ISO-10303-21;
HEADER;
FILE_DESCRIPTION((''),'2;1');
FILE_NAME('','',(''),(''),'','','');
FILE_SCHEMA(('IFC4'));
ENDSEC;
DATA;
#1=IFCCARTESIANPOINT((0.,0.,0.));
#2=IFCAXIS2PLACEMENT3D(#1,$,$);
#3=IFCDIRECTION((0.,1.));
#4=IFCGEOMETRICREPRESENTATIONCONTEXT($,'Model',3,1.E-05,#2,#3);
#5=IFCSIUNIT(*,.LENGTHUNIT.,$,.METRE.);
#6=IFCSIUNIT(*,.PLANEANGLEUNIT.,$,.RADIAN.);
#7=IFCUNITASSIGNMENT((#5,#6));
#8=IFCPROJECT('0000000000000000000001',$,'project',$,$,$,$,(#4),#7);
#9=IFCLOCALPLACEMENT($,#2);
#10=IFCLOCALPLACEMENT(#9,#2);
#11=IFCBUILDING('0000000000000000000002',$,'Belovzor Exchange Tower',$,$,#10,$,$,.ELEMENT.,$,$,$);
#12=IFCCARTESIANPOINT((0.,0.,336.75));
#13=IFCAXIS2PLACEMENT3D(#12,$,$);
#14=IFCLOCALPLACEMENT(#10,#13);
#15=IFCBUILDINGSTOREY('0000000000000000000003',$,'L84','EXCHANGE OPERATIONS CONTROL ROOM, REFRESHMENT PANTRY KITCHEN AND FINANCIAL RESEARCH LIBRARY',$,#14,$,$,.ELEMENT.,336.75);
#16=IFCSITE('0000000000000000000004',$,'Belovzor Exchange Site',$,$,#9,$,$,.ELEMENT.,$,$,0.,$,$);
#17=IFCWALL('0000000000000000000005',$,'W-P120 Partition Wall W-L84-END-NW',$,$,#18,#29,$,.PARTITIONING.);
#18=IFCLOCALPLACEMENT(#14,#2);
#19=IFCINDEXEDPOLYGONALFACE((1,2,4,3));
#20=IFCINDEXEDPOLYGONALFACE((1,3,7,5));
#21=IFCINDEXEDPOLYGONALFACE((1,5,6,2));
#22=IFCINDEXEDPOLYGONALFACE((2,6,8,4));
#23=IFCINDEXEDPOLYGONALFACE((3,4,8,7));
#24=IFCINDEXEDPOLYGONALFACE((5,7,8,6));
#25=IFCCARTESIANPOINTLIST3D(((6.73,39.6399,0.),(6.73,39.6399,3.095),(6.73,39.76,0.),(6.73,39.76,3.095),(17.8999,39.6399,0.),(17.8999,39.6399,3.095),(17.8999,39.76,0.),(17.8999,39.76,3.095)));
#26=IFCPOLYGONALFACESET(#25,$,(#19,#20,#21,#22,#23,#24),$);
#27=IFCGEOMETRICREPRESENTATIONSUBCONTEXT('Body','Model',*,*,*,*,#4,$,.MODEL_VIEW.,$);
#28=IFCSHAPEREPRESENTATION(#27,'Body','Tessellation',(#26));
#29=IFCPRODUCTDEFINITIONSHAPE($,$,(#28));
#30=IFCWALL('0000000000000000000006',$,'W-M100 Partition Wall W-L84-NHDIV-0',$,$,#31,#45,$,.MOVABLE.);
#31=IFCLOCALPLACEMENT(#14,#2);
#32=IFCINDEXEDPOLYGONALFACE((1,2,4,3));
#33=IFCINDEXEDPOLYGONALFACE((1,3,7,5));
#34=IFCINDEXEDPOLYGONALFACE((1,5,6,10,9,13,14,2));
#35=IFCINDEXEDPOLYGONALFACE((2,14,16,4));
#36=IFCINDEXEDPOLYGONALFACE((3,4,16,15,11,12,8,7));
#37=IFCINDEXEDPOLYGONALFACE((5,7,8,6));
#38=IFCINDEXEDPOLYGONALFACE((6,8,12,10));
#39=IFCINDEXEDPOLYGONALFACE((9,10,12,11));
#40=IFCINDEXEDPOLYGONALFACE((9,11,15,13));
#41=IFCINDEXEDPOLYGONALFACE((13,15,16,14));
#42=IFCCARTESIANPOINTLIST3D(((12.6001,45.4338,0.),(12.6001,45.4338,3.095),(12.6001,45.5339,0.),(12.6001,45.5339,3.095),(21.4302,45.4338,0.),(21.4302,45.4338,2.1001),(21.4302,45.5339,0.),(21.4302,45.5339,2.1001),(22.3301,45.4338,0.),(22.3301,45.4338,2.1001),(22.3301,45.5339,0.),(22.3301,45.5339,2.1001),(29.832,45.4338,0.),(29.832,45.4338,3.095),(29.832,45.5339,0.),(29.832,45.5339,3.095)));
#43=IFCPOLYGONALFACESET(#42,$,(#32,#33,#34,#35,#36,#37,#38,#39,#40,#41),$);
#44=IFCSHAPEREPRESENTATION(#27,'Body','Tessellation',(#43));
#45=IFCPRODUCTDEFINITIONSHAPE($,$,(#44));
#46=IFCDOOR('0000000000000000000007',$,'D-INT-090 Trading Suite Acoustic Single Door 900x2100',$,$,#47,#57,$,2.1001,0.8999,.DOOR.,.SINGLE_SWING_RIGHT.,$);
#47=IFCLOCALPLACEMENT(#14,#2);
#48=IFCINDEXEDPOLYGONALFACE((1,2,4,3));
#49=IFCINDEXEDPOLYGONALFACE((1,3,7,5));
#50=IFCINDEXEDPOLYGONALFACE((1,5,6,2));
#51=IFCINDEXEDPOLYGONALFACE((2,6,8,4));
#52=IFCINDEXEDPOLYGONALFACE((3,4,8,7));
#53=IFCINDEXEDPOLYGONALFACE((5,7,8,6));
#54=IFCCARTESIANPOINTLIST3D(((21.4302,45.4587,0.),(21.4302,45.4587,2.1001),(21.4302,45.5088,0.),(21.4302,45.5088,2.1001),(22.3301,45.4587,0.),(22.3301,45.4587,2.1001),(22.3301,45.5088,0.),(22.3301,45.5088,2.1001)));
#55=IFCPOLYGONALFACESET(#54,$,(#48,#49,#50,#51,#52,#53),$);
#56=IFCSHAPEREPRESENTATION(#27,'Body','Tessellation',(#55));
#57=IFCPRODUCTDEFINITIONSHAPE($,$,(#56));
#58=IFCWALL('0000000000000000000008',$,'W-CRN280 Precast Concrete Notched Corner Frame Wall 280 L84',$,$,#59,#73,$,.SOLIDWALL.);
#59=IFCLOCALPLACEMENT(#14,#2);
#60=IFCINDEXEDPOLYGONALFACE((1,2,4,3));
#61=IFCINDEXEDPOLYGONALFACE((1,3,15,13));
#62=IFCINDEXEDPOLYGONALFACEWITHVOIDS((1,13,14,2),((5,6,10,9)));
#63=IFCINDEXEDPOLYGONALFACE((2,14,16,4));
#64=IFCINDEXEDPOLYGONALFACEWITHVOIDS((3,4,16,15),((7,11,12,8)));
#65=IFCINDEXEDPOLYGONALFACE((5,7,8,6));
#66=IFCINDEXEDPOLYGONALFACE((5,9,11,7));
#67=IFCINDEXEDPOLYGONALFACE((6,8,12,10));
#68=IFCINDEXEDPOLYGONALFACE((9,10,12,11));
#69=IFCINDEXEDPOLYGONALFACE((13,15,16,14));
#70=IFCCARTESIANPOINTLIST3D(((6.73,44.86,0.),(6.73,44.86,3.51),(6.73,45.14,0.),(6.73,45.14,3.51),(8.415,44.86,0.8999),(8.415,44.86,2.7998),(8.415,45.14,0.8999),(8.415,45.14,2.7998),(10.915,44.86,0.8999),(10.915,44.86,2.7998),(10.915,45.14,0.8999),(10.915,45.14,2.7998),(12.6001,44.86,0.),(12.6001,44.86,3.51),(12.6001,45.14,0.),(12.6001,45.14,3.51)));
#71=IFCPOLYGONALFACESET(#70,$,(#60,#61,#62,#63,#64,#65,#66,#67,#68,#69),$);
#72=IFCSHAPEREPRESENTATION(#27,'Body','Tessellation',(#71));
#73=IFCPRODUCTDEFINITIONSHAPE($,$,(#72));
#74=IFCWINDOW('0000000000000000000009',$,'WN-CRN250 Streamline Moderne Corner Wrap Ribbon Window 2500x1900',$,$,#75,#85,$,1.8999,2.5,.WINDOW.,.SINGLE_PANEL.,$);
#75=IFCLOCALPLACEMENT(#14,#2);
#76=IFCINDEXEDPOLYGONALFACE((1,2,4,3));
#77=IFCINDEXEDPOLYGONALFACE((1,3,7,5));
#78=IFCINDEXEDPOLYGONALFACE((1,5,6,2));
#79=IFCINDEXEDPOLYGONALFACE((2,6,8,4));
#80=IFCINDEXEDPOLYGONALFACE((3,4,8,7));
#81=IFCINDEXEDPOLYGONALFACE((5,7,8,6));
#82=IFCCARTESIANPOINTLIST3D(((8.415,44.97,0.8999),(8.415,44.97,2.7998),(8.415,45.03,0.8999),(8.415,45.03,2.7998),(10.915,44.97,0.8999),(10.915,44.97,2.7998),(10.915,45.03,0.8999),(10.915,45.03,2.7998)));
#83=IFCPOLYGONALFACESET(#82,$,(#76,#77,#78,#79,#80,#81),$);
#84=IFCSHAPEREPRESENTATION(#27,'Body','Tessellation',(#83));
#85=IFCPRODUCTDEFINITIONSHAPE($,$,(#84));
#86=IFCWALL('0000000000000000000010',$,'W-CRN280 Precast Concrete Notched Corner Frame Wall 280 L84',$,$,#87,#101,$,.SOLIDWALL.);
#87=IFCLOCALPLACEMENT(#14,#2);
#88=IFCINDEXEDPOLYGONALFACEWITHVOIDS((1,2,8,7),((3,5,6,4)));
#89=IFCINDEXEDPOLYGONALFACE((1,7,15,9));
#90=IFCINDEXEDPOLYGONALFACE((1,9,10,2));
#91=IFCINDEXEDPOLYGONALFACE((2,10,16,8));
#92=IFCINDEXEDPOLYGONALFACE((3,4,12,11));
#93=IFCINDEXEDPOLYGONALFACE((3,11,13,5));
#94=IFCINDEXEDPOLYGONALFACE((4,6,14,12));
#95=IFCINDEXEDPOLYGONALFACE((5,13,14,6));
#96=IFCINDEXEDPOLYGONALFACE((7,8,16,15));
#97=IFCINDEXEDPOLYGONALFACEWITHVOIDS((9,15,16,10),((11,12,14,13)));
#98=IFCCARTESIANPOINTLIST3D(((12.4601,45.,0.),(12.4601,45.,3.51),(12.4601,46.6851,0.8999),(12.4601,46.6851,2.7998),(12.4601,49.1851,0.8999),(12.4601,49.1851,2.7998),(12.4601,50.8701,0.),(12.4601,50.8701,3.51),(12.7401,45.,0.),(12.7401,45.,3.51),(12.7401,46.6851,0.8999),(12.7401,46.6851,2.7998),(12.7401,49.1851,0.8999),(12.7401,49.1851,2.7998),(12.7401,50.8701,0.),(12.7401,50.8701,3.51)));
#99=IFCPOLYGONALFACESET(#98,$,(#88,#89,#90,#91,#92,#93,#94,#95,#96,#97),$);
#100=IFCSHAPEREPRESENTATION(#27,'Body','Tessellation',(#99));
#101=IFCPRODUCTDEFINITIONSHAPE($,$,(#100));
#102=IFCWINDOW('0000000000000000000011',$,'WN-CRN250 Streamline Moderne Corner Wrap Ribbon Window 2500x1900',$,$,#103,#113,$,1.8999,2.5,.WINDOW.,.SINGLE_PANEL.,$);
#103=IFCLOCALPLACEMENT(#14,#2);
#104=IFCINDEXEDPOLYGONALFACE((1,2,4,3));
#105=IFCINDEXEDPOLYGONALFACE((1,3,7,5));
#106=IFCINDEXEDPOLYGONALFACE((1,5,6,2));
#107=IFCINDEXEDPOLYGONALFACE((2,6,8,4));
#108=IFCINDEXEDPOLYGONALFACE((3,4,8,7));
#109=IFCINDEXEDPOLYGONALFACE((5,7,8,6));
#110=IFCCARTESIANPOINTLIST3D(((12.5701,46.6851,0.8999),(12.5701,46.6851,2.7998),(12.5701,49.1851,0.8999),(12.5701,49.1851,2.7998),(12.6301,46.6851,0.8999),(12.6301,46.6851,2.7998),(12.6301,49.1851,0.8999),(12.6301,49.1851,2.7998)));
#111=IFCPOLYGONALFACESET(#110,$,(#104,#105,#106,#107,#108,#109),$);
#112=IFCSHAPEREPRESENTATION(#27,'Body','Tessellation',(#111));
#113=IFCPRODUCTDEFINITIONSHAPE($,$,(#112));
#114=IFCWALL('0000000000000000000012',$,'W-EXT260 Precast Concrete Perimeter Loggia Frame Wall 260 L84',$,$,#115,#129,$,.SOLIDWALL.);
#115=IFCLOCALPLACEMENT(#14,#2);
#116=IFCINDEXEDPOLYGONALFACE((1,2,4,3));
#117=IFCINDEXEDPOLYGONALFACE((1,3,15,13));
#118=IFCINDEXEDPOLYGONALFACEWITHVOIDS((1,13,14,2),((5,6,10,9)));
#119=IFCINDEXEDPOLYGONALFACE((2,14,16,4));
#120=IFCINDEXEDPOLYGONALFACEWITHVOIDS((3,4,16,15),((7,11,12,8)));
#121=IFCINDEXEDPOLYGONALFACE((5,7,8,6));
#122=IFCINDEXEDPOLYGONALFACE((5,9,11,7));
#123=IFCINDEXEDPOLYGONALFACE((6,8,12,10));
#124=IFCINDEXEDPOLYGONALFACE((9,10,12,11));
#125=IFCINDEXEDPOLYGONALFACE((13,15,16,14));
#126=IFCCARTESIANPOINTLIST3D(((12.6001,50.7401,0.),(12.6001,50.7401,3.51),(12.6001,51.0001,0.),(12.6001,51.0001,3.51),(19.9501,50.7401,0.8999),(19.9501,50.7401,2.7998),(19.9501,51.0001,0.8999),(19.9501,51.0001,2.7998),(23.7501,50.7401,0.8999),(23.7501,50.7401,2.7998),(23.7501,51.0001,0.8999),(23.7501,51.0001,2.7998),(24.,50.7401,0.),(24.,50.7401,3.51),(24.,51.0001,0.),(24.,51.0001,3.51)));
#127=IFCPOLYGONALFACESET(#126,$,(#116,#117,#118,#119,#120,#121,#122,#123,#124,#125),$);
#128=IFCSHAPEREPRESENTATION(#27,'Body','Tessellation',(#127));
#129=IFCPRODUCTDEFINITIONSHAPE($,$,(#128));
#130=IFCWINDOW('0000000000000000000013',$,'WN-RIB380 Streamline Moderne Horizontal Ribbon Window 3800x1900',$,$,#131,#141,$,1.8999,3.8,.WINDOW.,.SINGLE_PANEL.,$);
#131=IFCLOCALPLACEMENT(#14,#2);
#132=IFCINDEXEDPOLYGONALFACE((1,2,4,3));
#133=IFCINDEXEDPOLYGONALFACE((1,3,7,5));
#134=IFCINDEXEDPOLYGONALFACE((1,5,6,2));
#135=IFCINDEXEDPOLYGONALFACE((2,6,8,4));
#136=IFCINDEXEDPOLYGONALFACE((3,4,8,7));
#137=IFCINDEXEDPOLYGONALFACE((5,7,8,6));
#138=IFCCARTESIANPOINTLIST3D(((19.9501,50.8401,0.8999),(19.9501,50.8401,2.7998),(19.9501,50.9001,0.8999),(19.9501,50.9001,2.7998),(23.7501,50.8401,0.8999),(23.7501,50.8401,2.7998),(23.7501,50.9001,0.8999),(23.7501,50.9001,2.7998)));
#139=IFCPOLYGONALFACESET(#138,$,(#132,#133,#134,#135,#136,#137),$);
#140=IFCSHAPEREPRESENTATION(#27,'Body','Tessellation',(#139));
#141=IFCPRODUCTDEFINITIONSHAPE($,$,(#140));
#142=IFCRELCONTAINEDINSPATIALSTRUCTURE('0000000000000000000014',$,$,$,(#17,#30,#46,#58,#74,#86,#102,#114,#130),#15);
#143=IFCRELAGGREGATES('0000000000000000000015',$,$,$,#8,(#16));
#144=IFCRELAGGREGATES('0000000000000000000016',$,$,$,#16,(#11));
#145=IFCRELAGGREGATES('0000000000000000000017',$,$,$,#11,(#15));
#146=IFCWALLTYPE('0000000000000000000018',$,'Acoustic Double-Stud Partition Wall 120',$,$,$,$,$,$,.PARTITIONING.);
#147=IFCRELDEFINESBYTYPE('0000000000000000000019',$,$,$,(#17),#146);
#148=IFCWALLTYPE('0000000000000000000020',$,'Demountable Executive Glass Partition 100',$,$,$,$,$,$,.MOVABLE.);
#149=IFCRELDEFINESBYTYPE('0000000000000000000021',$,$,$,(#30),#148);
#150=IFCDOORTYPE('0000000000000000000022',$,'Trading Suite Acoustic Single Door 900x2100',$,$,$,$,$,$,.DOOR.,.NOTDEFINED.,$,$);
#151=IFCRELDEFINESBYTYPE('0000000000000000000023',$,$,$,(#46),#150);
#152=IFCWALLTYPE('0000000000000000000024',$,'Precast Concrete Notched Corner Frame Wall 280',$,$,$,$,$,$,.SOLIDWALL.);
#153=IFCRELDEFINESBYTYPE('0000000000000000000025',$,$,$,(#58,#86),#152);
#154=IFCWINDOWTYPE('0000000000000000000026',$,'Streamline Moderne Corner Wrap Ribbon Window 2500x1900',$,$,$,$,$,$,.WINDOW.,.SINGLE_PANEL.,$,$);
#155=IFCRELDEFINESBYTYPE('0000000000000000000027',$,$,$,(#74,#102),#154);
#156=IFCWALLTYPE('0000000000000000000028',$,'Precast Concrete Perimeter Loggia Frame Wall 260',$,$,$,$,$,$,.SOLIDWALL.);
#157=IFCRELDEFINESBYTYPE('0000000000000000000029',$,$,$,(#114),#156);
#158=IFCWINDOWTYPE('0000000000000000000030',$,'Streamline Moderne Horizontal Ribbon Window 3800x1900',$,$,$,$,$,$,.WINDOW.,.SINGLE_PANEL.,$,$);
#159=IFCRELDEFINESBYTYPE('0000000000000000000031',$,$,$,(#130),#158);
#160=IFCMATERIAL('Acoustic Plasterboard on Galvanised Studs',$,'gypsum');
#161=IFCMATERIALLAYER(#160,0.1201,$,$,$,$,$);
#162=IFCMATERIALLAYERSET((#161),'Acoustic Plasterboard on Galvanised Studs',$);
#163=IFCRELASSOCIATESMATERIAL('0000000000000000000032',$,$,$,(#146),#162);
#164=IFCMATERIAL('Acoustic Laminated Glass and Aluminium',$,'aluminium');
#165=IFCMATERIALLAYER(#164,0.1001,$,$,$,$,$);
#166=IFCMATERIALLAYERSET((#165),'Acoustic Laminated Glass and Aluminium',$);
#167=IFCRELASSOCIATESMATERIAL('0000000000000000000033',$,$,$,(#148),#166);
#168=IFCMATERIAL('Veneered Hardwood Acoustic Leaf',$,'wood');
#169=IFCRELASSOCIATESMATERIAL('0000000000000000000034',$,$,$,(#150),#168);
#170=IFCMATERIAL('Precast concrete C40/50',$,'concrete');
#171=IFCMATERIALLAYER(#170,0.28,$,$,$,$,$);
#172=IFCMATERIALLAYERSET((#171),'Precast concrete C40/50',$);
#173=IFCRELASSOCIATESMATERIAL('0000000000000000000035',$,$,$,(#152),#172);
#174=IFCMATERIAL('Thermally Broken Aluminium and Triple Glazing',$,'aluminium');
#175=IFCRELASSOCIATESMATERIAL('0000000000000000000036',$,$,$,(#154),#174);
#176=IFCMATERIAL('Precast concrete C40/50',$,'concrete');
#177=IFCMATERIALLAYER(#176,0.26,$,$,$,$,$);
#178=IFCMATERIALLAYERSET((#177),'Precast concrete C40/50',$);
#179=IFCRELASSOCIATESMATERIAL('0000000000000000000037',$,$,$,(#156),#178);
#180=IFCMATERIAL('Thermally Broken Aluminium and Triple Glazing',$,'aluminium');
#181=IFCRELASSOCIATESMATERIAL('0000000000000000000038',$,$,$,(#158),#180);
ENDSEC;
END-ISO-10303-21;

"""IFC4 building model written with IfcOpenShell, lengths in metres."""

from ifc_helpers import new_model, si_unit, direction, frame, frame_2d, origin, place, context, subcontext, project, spatial, rectangle, extrude, material, layer, layer_set, type_object, element, fill, save


model = new_model("IFC4")

# Units and contexts
model_context = context("Model", 3, precision=1e-05, world=origin(), true_north=direction((0.0, 1.0)))
body_context = subcontext(model_context, "Body", "Model", "MODEL_VIEW")
ifc_project = project(units=[si_unit("LENGTHUNIT", "METRE"), si_unit("PLANEANGLEUNIT", "RADIAN")], contexts=[model_context])

# Site, building, storey
site_placement = place(None, origin())
site = spatial("IfcSite", under=ifc_project, at=site_placement, Name="Belovzor Exchange Site", CompositionType="ELEMENT", RefElevation=0.0)
building_placement = place(site_placement, origin())
building = spatial("IfcBuilding", under=site, at=building_placement, Name="Belovzor Exchange Tower", CompositionType="ELEMENT")
storey_placement = place(building_placement, frame((0.0, 0.0, 336.75)))
storey = spatial("IfcBuildingStorey", under=building, at=storey_placement, Name="L84", Description="EXCHANGE OPERATIONS CONTROL ROOM, REFRESHMENT PANTRY KITCHEN AND FINANCIAL RESEARCH LIBRARY", CompositionType="ELEMENT", Elevation=336.75)

# Wall
ifc_material_1 = material(Name="Acoustic Plasterboard on Galvanised Studs", Category="gypsum")
ifc_layer_1 = layer(ifc_material_1, 0.1201)
ifc_layer_set_1 = layer_set([ifc_layer_1], Name="Acoustic Plasterboard on Galvanised Studs")
wall_type_1 = type_object("IfcWallType", Name="Acoustic Double-Stud Partition Wall 120", PredefinedType="PARTITIONING", material=ifc_layer_set_1)
wall_1_placement = place(storey_placement, frame((6.73, 39.7, 0.0), z_axis=(0.0, 0.0, 1.0), x_axis=(1.0, 0.0, 0.0)))
element("IfcWall", 1, at=wall_1_placement, inside=storey, type_object=wall_type_1, Name="W-P120 Partition Wall W-L84-END-NW", PredefinedType="PARTITIONING", context=body_context, shape_type="SweptSolid", body=[
    extrude(rectangle(XDim=11.1699, YDim=0.1201, at=frame_2d((5.585, 0.0))), origin(), (0.0, 0.0, 1.0), 3.095),
])

# Wall, opening, door
ifc_material_2 = material(Name="Acoustic Laminated Glass and Aluminium", Category="aluminium")
ifc_layer_2 = layer(ifc_material_2, 0.1001)
ifc_layer_set_2 = layer_set([ifc_layer_2], Name="Acoustic Laminated Glass and Aluminium")
wall_type_2 = type_object("IfcWallType", Name="Demountable Executive Glass Partition 100", PredefinedType="MOVABLE", material=ifc_layer_set_2)
wall_2_placement = place(storey_placement, frame((12.6001, 45.4839, 0.0), z_axis=(0.0, 0.0, 1.0), x_axis=(1.0, 0.0, 0.0)))
wall_2 = element("IfcWall", 2, at=wall_2_placement, inside=storey, type_object=wall_type_2, Name="W-M100 Partition Wall W-L84-NHDIV-0", PredefinedType="MOVABLE", context=body_context, shape_type="SweptSolid", body=[
    extrude(rectangle(XDim=17.2319, YDim=0.1001, at=frame_2d((8.616, 0.0))), origin(), (0.0, 0.0, 1.0), 3.095),
])
opening_1_placement = place(wall_2_placement, frame((8.8301, 0.0, 0.0)))
opening_1 = element("IfcOpeningElement", 3, at=opening_1_placement, cuts=wall_2, PredefinedType="OPENING", context=body_context, shape_type="SweptSolid", body=[
    extrude(rectangle(XDim=0.8999, YDim=2.1001, at=frame_2d((0.45, 1.05))), frame((0.0, 0.0601, 0.0), z_axis=(0.0, -1.0, 0.0), x_axis=(1.0, 0.0, 0.0)), (0.0, 0.0, 1.0), 0.1201),
])
ifc_material_3 = material(Name="Veneered Hardwood Acoustic Leaf", Category="wood")
door_type = type_object("IfcDoorType", Name="Trading Suite Acoustic Single Door 900x2100", OperationType="NOTDEFINED", PredefinedType="DOOR", material=ifc_material_3)
door_placement = place(opening_1_placement, origin())
door = element("IfcDoor", 4, at=door_placement, inside=storey, type_object=door_type, Name="D-INT-090 Trading Suite Acoustic Single Door 900x2100", OperationType="SINGLE_SWING_RIGHT", OverallHeight=2.1001, OverallWidth=0.8999, PredefinedType="DOOR", context=body_context, shape_type="SweptSolid", body=[
    extrude(rectangle(XDim=0.8999, YDim=2.1001, at=frame_2d((0.45, 1.05))), frame((0.0, 0.0249, 0.0), z_axis=(0.0, -1.0, 0.0), x_axis=(1.0, 0.0, 0.0)), (0.0, 0.0, 1.0), 0.05),
])
fill(opening_1, door)

# Walls, openings, windows
ifc_material_4 = material(Name="Precast concrete C40/50", Category="concrete")
ifc_layer_3 = layer(ifc_material_4, 0.28)
ifc_layer_set_3 = layer_set([ifc_layer_3], Name="Precast concrete C40/50")
wall_type_3 = type_object("IfcWallType", Name="Precast Concrete Notched Corner Frame Wall 280", PredefinedType="SOLIDWALL", material=ifc_layer_set_3)
wall_3_placement = place(storey_placement, frame((6.73, 45.0, 0.0), z_axis=(0.0, 0.0, 1.0), x_axis=(1.0, 0.0, 0.0)))
wall_3 = element("IfcWall", 5, at=wall_3_placement, inside=storey, type_object=wall_type_3, Name="W-CRN280 Precast Concrete Notched Corner Frame Wall 280 L84", PredefinedType="SOLIDWALL", context=body_context, shape_type="SweptSolid", body=[
    extrude(rectangle(XDim=5.8701, YDim=0.28, at=frame_2d((2.9351, 0.0))), origin(), (0.0, 0.0, 1.0), 3.51),
])
opening_2_placement = place(wall_3_placement, frame((1.6851, 0.0, 0.8999)))
opening_2 = element("IfcOpeningElement", 6, at=opening_2_placement, cuts=wall_3, PredefinedType="OPENING", context=body_context, shape_type="SweptSolid", body=[
    extrude(rectangle(XDim=2.5, YDim=1.8999, at=frame_2d((1.25, 0.95))), frame((0.0, 0.1499, 0.0), z_axis=(0.0, -1.0, 0.0), x_axis=(1.0, 0.0, 0.0)), (0.0, 0.0, 1.0), 0.3),
])
ifc_material_5 = material(Name="Thermally Broken Aluminium and Triple Glazing", Category="aluminium")
window_type_1 = type_object("IfcWindowType", Name="Streamline Moderne Corner Wrap Ribbon Window 2500x1900", PartitioningType="SINGLE_PANEL", PredefinedType="WINDOW", material=ifc_material_5)
window_1_placement = place(opening_2_placement, origin())
window_1 = element("IfcWindow", 7, at=window_1_placement, inside=storey, type_object=window_type_1, Name="WN-CRN250 Streamline Moderne Corner Wrap Ribbon Window 2500x1900", OverallHeight=1.8999, OverallWidth=2.5, PartitioningType="SINGLE_PANEL", PredefinedType="WINDOW", context=body_context, shape_type="SweptSolid", body=[
    extrude(rectangle(XDim=2.5, YDim=1.8999, at=frame_2d((1.25, 0.95))), frame((0.0, 0.03, 0.0), z_axis=(0.0, -1.0, 0.0), x_axis=(1.0, 0.0, 0.0)), (0.0, 0.0, 1.0), 0.0601),
])
fill(opening_2, window_1)
wall_4_placement = place(storey_placement, frame((12.6001, 45.0, 0.0), z_axis=(0.0, 0.0, 1.0), x_axis=(0.0, 1.0, 0.0)))
wall_4 = element("IfcWall", 8, at=wall_4_placement, inside=storey, type_object=wall_type_3, Name="W-CRN280 Precast Concrete Notched Corner Frame Wall 280 L84", PredefinedType="SOLIDWALL", context=body_context, shape_type="SweptSolid", body=[
    extrude(rectangle(XDim=5.8701, YDim=0.28, at=frame_2d((2.9351, 0.0))), origin(), (0.0, 0.0, 1.0), 3.51),
])
opening_3_placement = place(wall_4_placement, frame((1.6851, 0.0, 0.8999)))
opening_3 = element("IfcOpeningElement", 9, at=opening_3_placement, cuts=wall_4, PredefinedType="OPENING", context=body_context, shape_type="SweptSolid", body=[
    extrude(rectangle(XDim=2.5, YDim=1.8999, at=frame_2d((1.25, 0.95))), frame((0.0, 0.1499, 0.0), z_axis=(0.0, -1.0, 0.0), x_axis=(1.0, 0.0, 0.0)), (0.0, 0.0, 1.0), 0.3),
])
window_2_placement = place(opening_3_placement, origin())
window_2 = element("IfcWindow", 10, at=window_2_placement, inside=storey, type_object=window_type_1, Name="WN-CRN250 Streamline Moderne Corner Wrap Ribbon Window 2500x1900", OverallHeight=1.8999, OverallWidth=2.5, PartitioningType="SINGLE_PANEL", PredefinedType="WINDOW", context=body_context, shape_type="SweptSolid", body=[
    extrude(rectangle(XDim=2.5, YDim=1.8999, at=frame_2d((1.25, 0.95))), frame((0.0, 0.03, 0.0), z_axis=(0.0, -1.0, 0.0), x_axis=(1.0, 0.0, 0.0)), (0.0, 0.0, 1.0), 0.0601),
])
fill(opening_3, window_2)
ifc_material_6 = material(Name="Precast concrete C40/50", Category="concrete")
ifc_layer_4 = layer(ifc_material_6, 0.26)
ifc_layer_set_4 = layer_set([ifc_layer_4], Name="Precast concrete C40/50")
wall_type_4 = type_object("IfcWallType", Name="Precast Concrete Perimeter Loggia Frame Wall 260", PredefinedType="SOLIDWALL", material=ifc_layer_set_4)
wall_5_placement = place(storey_placement, frame((12.6001, 50.8701, 0.0), z_axis=(0.0, 0.0, 1.0), x_axis=(1.0, 0.0, 0.0)))
wall_5 = element("IfcWall", 11, at=wall_5_placement, inside=storey, type_object=wall_type_4, Name="W-EXT260 Precast Concrete Perimeter Loggia Frame Wall 260 L84", PredefinedType="SOLIDWALL", context=body_context, shape_type="SweptSolid", body=[
    extrude(rectangle(XDim=11.3999, YDim=0.26, at=frame_2d((5.7, 0.0))), origin(), (0.0, 0.0, 1.0), 3.51),
])
opening_4_placement = place(wall_5_placement, frame((7.3501, 0.0, 0.8999)))
opening_4 = element("IfcOpeningElement", 12, at=opening_4_placement, cuts=wall_5, PredefinedType="OPENING", context=body_context, shape_type="SweptSolid", body=[
    extrude(rectangle(XDim=3.8, YDim=1.8999, at=frame_2d((1.8999, 0.95))), frame((0.0, 0.1399, 0.0), z_axis=(0.0, -1.0, 0.0), x_axis=(1.0, 0.0, 0.0)), (0.0, 0.0, 1.0), 0.28),
])
ifc_material_7 = material(Name="Thermally Broken Aluminium and Triple Glazing", Category="aluminium")
window_type_2 = type_object("IfcWindowType", Name="Streamline Moderne Horizontal Ribbon Window 3800x1900", PartitioningType="SINGLE_PANEL", PredefinedType="WINDOW", material=ifc_material_7)
window_3_placement = place(opening_4_placement, origin())
window_3 = element("IfcWindow", 13, at=window_3_placement, inside=storey, type_object=window_type_2, Name="WN-RIB380 Streamline Moderne Horizontal Ribbon Window 3800x1900", OverallHeight=1.8999, OverallWidth=3.8, PartitioningType="SINGLE_PANEL", PredefinedType="WINDOW", context=body_context, shape_type="SweptSolid", body=[
    extrude(rectangle(XDim=3.8, YDim=1.8999, at=frame_2d((1.8999, 0.95))), frame((0.0, 0.03, 0.0), z_axis=(0.0, -1.0, 0.0), x_axis=(1.0, 0.0, 0.0)), (0.0, 0.0, 1.0), 0.0601),
])
fill(opening_4, window_3)

save(model, "model.ifc")
